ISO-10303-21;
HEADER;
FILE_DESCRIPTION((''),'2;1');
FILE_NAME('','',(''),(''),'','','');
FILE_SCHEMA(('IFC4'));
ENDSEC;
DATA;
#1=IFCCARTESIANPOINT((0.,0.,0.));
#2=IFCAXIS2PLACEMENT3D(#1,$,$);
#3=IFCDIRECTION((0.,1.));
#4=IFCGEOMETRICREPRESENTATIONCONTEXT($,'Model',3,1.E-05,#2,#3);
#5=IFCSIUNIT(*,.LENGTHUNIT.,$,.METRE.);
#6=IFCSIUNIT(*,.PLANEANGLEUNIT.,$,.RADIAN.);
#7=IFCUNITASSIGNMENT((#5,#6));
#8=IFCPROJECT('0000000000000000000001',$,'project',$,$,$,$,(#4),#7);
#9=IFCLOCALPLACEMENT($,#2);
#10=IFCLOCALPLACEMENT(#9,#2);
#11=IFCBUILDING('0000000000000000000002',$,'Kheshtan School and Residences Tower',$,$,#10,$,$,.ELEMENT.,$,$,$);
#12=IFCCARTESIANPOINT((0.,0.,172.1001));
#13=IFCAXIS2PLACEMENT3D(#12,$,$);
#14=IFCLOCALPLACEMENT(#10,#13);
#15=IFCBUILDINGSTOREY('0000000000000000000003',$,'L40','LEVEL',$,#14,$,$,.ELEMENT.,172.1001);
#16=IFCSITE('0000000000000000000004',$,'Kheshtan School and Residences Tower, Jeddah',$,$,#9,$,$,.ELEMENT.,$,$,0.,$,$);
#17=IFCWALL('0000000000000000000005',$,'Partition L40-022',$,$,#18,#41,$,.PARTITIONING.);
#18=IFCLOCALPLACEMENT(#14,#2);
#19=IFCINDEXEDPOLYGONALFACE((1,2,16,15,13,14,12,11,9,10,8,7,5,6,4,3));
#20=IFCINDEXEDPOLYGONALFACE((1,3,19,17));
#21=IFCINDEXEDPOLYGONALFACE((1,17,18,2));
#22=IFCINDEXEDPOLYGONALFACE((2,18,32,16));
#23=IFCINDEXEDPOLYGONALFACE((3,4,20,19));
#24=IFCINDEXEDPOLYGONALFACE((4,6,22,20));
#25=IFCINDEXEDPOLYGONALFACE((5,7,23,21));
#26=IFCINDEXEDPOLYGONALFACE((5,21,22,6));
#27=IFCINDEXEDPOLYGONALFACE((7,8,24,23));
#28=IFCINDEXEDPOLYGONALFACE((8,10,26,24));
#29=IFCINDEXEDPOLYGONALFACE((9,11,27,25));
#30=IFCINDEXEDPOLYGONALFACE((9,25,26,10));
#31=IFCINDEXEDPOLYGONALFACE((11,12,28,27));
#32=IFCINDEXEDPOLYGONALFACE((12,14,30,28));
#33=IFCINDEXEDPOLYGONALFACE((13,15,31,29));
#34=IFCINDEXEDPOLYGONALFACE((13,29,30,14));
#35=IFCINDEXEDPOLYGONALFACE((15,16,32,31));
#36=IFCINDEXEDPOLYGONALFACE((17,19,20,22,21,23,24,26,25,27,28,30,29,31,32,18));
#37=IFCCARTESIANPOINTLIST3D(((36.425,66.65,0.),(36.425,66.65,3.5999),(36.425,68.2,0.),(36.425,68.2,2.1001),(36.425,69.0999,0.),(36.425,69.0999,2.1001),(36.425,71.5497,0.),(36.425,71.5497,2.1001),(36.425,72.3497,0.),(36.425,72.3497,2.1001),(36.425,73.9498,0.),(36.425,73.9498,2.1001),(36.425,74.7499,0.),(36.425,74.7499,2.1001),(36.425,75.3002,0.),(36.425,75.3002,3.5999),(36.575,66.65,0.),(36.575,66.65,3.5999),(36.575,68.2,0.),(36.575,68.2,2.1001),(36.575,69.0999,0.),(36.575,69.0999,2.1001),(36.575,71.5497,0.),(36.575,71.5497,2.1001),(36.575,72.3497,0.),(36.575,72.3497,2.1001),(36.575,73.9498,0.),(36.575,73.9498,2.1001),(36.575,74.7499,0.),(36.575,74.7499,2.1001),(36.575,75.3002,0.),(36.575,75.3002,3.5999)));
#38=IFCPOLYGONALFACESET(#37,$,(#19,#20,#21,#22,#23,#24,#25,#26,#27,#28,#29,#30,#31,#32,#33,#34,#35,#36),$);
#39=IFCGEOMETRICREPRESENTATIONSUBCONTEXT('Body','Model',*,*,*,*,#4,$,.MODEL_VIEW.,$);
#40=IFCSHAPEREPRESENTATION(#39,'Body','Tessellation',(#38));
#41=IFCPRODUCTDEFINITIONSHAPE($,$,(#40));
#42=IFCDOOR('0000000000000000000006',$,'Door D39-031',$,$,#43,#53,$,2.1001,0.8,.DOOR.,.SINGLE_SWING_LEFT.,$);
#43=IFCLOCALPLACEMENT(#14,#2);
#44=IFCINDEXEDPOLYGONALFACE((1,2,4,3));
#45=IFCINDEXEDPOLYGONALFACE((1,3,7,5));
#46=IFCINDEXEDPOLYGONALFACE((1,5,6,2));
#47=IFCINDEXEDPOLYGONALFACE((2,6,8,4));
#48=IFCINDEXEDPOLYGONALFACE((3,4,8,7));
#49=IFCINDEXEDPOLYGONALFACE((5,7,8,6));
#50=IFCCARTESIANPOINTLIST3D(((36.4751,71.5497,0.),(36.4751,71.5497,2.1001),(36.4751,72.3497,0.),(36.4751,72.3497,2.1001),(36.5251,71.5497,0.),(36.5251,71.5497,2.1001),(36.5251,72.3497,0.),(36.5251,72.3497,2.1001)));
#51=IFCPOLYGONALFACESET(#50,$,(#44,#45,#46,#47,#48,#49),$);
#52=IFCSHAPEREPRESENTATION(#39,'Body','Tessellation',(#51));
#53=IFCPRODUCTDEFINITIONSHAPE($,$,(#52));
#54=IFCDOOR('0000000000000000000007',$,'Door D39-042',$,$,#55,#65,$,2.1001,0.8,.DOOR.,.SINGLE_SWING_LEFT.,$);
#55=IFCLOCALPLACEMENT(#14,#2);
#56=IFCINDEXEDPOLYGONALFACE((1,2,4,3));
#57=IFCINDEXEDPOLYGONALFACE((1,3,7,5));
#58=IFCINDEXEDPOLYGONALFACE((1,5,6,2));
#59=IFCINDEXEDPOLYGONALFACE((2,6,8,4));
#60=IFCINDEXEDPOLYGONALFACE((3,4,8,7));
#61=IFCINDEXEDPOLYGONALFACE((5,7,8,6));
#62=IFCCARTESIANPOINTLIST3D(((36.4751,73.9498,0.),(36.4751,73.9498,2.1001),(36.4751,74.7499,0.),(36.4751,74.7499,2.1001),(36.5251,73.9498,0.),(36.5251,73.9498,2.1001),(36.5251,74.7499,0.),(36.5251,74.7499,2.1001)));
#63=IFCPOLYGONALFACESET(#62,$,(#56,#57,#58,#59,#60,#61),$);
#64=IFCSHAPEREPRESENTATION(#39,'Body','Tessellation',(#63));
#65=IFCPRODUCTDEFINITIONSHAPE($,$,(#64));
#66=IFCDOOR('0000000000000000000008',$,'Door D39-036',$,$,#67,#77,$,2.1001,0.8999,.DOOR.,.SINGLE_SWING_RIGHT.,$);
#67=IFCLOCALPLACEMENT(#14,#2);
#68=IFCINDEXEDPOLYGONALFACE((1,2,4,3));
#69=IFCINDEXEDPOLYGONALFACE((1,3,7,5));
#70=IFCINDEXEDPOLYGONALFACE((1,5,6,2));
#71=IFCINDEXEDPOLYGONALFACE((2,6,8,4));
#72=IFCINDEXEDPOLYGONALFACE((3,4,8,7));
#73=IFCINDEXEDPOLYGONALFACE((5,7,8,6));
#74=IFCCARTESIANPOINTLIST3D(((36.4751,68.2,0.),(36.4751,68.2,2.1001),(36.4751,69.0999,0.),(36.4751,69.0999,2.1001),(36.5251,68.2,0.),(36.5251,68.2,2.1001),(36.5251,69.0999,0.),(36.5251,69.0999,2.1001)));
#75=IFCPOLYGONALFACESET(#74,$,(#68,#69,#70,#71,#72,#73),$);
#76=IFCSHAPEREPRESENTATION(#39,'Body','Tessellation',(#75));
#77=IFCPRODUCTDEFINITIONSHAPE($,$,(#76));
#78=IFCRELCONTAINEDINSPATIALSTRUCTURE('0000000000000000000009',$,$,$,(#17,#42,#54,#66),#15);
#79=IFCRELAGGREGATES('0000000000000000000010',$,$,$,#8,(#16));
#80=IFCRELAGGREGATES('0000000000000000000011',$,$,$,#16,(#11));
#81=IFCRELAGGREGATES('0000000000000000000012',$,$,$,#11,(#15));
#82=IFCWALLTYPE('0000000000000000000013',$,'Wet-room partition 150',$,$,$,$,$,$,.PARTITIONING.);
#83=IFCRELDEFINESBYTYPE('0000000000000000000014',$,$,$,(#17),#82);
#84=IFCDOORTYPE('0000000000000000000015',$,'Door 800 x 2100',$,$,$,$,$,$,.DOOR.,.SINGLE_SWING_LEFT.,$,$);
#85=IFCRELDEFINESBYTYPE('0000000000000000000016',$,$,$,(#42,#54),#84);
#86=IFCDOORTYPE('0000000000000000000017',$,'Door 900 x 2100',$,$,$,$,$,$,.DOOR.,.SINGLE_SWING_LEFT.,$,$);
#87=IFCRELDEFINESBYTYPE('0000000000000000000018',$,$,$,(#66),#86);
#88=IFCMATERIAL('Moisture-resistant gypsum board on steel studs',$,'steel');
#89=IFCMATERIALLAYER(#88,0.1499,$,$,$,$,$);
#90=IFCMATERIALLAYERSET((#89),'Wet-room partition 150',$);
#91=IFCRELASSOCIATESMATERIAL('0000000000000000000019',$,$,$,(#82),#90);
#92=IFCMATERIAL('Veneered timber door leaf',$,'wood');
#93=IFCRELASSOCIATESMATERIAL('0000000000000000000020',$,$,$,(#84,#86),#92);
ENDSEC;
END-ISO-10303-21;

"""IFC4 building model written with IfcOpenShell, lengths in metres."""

from ifc_helpers import new_model, si_unit, direction, frame, frame_2d, origin, place, context, subcontext, project, spatial, rectangle, extrude, source, transform, mapped, material, layer, layer_set, type_object, element, fill, save


model = new_model("IFC4")

# Units and contexts
model_context = context("Model", 3, precision=1e-05, world=origin(), true_north=direction((0.0, 1.0)))
body_context = subcontext(model_context, "Body", "Model", "MODEL_VIEW")
ifc_project = project(units=[si_unit("LENGTHUNIT", "METRE"), si_unit("PLANEANGLEUNIT", "RADIAN")], contexts=[model_context])

# Site, building, storey
site_placement = place(None, origin())
site = spatial("IfcSite", under=ifc_project, at=site_placement, Name="Kheshtan School and Residences Tower, Jeddah", CompositionType="ELEMENT", RefElevation=0.0)
building_placement = place(site_placement, origin())
building = spatial("IfcBuilding", under=site, at=building_placement, Name="Kheshtan School and Residences Tower", CompositionType="ELEMENT")
storey_placement = place(building_placement, frame((0.0, 0.0, 172.1001)))
storey = spatial("IfcBuildingStorey", under=building, at=storey_placement, Name="L40", Description="LEVEL", CompositionType="ELEMENT", Elevation=172.1001)

# Shared definitions
ifc_material_1 = material(Name="Moisture-resistant gypsum board on steel studs", Category="steel")
ifc_layer_1 = layer(ifc_material_1, 0.1499)
ifc_layer_set_1 = layer_set([ifc_layer_1], Name="Wet-room partition 150")
wall_type_1 = type_object("IfcWallType", Name="Wet-room partition 150", PredefinedType="PARTITIONING", material=ifc_layer_set_1)

# Shared definitions
ifc_material_2 = material(Name="Veneered timber door leaf", Category="wood")
door_type_1 = type_object("IfcDoorType", Name="Door 800 x 2100", OperationType="SINGLE_SWING_LEFT", PredefinedType="DOOR", material=ifc_material_2)
shared_shape_1 = source(origin(), body_context, "Body", "SweptSolid", [
    extrude(rectangle(XDim=0.8, YDim=2.1001, at=frame_2d((0.3999, 1.05))), frame((0.0, 0.0249, 0.0), z_axis=(0.0, -1.0, 0.0), x_axis=(1.0, 0.0, 0.0)), (0.0, 0.0, 1.0), 0.05),
])

# Wall, openings, doors
wall_1_placement = place(storey_placement, frame((36.5, 66.6499, 0.0), z_axis=(0.0, 0.0, 1.0), x_axis=(0.0, 1.0, 0.0)))
wall_1 = element("IfcWall", 1, at=wall_1_placement, inside=storey, type_object=wall_type_1, Name="Partition L40-022", PredefinedType="PARTITIONING", context=body_context, shape_type="SweptSolid", body=[
    extrude(rectangle(XDim=8.6501, YDim=0.1499, at=frame_2d((4.3252, 0.0))), origin(), (0.0, 0.0, 1.0), 3.5999),
])
opening_1_placement = place(wall_1_placement, frame((4.8999, 0.0, 0.0)))
opening_1 = element("IfcOpeningElement", 2, at=opening_1_placement, cuts=wall_1, PredefinedType="OPENING", context=body_context, shape_type="SweptSolid", body=[
    extrude(rectangle(XDim=0.8, YDim=2.1001, at=frame_2d((0.3999, 1.05))), frame((0.0, 0.085, 0.0), z_axis=(0.0, -1.0, 0.0), x_axis=(1.0, 0.0, 0.0)), (0.0, 0.0, 1.0), 0.1699),
])
opening_2_placement = place(wall_1_placement, frame((1.55, 0.0, 0.0)))
opening_2 = element("IfcOpeningElement", 3, at=opening_2_placement, cuts=wall_1, PredefinedType="OPENING", context=body_context, shape_type="SweptSolid", body=[
    extrude(rectangle(XDim=0.8999, YDim=2.1001, at=frame_2d((0.45, 1.05))), frame((0.0, 0.085, 0.0), z_axis=(0.0, -1.0, 0.0), x_axis=(1.0, 0.0, 0.0)), (0.0, 0.0, 1.0), 0.1699),
])
opening_3_placement = place(wall_1_placement, frame((7.3, 0.0, 0.0)))
opening_3 = element("IfcOpeningElement", 4, at=opening_3_placement, cuts=wall_1, PredefinedType="OPENING", context=body_context, shape_type="SweptSolid", body=[
    extrude(rectangle(XDim=0.8, YDim=2.1001, at=frame_2d((0.3999, 1.05))), frame((0.0, 0.085, 0.0), z_axis=(0.0, -1.0, 0.0), x_axis=(1.0, 0.0, 0.0)), (0.0, 0.0, 1.0), 0.1699),
])
door_1_placement = place(opening_1_placement, origin())
door_1 = element("IfcDoor", 5, at=door_1_placement, inside=storey, type_object=door_type_1, Name="Door D39-031", OperationType="SINGLE_SWING_LEFT", OverallHeight=2.1001, OverallWidth=0.8, PredefinedType="DOOR", context=body_context, shape_type="MappedRepresentation", body=[
    mapped(shared_shape_1, transform((0.0, 0.0, 0.0), x_axis=(1.0, 0.0, 0.0), y_axis=(0.0, 1.0, 0.0), z_axis=(0.0, 0.0, 1.0), scale=1.0)),
])
fill(opening_1, door_1)
door_2_placement = place(opening_3_placement, origin())
door_2 = element("IfcDoor", 6, at=door_2_placement, inside=storey, type_object=door_type_1, Name="Door D39-042", OperationType="SINGLE_SWING_LEFT", OverallHeight=2.1001, OverallWidth=0.8, PredefinedType="DOOR", context=body_context, shape_type="MappedRepresentation", body=[
    mapped(shared_shape_1, transform((0.0, 0.0, 0.0), x_axis=(1.0, 0.0, 0.0), y_axis=(0.0, 1.0, 0.0), z_axis=(0.0, 0.0, 1.0), scale=1.0)),
])
fill(opening_3, door_2)
door_type_2 = type_object("IfcDoorType", Name="Door 900 x 2100", OperationType="SINGLE_SWING_LEFT", PredefinedType="DOOR", material=ifc_material_2)
shared_shape_2 = source(origin(), body_context, "Body", "SweptSolid", [
    extrude(rectangle(XDim=0.8999, YDim=2.1001, at=frame_2d((0.45, 1.05))), frame((0.0, 0.0249, 0.0), z_axis=(0.0, -1.0, 0.0), x_axis=(1.0, 0.0, 0.0)), (0.0, 0.0, 1.0), 0.05),
])
door_3_placement = place(opening_2_placement, origin())
door_3 = element("IfcDoor", 7, at=door_3_placement, inside=storey, type_object=door_type_2, Name="Door D39-036", OperationType="SINGLE_SWING_RIGHT", OverallHeight=2.1001, OverallWidth=0.8999, PredefinedType="DOOR", context=body_context, shape_type="MappedRepresentation", body=[
    mapped(shared_shape_2, transform((0.0, 0.0, 0.0), x_axis=(1.0, 0.0, 0.0), y_axis=(0.0, 1.0, 0.0), z_axis=(0.0, 0.0, 1.0), scale=1.0)),
])
fill(opening_2, door_3)

save(model, "model.ifc")
